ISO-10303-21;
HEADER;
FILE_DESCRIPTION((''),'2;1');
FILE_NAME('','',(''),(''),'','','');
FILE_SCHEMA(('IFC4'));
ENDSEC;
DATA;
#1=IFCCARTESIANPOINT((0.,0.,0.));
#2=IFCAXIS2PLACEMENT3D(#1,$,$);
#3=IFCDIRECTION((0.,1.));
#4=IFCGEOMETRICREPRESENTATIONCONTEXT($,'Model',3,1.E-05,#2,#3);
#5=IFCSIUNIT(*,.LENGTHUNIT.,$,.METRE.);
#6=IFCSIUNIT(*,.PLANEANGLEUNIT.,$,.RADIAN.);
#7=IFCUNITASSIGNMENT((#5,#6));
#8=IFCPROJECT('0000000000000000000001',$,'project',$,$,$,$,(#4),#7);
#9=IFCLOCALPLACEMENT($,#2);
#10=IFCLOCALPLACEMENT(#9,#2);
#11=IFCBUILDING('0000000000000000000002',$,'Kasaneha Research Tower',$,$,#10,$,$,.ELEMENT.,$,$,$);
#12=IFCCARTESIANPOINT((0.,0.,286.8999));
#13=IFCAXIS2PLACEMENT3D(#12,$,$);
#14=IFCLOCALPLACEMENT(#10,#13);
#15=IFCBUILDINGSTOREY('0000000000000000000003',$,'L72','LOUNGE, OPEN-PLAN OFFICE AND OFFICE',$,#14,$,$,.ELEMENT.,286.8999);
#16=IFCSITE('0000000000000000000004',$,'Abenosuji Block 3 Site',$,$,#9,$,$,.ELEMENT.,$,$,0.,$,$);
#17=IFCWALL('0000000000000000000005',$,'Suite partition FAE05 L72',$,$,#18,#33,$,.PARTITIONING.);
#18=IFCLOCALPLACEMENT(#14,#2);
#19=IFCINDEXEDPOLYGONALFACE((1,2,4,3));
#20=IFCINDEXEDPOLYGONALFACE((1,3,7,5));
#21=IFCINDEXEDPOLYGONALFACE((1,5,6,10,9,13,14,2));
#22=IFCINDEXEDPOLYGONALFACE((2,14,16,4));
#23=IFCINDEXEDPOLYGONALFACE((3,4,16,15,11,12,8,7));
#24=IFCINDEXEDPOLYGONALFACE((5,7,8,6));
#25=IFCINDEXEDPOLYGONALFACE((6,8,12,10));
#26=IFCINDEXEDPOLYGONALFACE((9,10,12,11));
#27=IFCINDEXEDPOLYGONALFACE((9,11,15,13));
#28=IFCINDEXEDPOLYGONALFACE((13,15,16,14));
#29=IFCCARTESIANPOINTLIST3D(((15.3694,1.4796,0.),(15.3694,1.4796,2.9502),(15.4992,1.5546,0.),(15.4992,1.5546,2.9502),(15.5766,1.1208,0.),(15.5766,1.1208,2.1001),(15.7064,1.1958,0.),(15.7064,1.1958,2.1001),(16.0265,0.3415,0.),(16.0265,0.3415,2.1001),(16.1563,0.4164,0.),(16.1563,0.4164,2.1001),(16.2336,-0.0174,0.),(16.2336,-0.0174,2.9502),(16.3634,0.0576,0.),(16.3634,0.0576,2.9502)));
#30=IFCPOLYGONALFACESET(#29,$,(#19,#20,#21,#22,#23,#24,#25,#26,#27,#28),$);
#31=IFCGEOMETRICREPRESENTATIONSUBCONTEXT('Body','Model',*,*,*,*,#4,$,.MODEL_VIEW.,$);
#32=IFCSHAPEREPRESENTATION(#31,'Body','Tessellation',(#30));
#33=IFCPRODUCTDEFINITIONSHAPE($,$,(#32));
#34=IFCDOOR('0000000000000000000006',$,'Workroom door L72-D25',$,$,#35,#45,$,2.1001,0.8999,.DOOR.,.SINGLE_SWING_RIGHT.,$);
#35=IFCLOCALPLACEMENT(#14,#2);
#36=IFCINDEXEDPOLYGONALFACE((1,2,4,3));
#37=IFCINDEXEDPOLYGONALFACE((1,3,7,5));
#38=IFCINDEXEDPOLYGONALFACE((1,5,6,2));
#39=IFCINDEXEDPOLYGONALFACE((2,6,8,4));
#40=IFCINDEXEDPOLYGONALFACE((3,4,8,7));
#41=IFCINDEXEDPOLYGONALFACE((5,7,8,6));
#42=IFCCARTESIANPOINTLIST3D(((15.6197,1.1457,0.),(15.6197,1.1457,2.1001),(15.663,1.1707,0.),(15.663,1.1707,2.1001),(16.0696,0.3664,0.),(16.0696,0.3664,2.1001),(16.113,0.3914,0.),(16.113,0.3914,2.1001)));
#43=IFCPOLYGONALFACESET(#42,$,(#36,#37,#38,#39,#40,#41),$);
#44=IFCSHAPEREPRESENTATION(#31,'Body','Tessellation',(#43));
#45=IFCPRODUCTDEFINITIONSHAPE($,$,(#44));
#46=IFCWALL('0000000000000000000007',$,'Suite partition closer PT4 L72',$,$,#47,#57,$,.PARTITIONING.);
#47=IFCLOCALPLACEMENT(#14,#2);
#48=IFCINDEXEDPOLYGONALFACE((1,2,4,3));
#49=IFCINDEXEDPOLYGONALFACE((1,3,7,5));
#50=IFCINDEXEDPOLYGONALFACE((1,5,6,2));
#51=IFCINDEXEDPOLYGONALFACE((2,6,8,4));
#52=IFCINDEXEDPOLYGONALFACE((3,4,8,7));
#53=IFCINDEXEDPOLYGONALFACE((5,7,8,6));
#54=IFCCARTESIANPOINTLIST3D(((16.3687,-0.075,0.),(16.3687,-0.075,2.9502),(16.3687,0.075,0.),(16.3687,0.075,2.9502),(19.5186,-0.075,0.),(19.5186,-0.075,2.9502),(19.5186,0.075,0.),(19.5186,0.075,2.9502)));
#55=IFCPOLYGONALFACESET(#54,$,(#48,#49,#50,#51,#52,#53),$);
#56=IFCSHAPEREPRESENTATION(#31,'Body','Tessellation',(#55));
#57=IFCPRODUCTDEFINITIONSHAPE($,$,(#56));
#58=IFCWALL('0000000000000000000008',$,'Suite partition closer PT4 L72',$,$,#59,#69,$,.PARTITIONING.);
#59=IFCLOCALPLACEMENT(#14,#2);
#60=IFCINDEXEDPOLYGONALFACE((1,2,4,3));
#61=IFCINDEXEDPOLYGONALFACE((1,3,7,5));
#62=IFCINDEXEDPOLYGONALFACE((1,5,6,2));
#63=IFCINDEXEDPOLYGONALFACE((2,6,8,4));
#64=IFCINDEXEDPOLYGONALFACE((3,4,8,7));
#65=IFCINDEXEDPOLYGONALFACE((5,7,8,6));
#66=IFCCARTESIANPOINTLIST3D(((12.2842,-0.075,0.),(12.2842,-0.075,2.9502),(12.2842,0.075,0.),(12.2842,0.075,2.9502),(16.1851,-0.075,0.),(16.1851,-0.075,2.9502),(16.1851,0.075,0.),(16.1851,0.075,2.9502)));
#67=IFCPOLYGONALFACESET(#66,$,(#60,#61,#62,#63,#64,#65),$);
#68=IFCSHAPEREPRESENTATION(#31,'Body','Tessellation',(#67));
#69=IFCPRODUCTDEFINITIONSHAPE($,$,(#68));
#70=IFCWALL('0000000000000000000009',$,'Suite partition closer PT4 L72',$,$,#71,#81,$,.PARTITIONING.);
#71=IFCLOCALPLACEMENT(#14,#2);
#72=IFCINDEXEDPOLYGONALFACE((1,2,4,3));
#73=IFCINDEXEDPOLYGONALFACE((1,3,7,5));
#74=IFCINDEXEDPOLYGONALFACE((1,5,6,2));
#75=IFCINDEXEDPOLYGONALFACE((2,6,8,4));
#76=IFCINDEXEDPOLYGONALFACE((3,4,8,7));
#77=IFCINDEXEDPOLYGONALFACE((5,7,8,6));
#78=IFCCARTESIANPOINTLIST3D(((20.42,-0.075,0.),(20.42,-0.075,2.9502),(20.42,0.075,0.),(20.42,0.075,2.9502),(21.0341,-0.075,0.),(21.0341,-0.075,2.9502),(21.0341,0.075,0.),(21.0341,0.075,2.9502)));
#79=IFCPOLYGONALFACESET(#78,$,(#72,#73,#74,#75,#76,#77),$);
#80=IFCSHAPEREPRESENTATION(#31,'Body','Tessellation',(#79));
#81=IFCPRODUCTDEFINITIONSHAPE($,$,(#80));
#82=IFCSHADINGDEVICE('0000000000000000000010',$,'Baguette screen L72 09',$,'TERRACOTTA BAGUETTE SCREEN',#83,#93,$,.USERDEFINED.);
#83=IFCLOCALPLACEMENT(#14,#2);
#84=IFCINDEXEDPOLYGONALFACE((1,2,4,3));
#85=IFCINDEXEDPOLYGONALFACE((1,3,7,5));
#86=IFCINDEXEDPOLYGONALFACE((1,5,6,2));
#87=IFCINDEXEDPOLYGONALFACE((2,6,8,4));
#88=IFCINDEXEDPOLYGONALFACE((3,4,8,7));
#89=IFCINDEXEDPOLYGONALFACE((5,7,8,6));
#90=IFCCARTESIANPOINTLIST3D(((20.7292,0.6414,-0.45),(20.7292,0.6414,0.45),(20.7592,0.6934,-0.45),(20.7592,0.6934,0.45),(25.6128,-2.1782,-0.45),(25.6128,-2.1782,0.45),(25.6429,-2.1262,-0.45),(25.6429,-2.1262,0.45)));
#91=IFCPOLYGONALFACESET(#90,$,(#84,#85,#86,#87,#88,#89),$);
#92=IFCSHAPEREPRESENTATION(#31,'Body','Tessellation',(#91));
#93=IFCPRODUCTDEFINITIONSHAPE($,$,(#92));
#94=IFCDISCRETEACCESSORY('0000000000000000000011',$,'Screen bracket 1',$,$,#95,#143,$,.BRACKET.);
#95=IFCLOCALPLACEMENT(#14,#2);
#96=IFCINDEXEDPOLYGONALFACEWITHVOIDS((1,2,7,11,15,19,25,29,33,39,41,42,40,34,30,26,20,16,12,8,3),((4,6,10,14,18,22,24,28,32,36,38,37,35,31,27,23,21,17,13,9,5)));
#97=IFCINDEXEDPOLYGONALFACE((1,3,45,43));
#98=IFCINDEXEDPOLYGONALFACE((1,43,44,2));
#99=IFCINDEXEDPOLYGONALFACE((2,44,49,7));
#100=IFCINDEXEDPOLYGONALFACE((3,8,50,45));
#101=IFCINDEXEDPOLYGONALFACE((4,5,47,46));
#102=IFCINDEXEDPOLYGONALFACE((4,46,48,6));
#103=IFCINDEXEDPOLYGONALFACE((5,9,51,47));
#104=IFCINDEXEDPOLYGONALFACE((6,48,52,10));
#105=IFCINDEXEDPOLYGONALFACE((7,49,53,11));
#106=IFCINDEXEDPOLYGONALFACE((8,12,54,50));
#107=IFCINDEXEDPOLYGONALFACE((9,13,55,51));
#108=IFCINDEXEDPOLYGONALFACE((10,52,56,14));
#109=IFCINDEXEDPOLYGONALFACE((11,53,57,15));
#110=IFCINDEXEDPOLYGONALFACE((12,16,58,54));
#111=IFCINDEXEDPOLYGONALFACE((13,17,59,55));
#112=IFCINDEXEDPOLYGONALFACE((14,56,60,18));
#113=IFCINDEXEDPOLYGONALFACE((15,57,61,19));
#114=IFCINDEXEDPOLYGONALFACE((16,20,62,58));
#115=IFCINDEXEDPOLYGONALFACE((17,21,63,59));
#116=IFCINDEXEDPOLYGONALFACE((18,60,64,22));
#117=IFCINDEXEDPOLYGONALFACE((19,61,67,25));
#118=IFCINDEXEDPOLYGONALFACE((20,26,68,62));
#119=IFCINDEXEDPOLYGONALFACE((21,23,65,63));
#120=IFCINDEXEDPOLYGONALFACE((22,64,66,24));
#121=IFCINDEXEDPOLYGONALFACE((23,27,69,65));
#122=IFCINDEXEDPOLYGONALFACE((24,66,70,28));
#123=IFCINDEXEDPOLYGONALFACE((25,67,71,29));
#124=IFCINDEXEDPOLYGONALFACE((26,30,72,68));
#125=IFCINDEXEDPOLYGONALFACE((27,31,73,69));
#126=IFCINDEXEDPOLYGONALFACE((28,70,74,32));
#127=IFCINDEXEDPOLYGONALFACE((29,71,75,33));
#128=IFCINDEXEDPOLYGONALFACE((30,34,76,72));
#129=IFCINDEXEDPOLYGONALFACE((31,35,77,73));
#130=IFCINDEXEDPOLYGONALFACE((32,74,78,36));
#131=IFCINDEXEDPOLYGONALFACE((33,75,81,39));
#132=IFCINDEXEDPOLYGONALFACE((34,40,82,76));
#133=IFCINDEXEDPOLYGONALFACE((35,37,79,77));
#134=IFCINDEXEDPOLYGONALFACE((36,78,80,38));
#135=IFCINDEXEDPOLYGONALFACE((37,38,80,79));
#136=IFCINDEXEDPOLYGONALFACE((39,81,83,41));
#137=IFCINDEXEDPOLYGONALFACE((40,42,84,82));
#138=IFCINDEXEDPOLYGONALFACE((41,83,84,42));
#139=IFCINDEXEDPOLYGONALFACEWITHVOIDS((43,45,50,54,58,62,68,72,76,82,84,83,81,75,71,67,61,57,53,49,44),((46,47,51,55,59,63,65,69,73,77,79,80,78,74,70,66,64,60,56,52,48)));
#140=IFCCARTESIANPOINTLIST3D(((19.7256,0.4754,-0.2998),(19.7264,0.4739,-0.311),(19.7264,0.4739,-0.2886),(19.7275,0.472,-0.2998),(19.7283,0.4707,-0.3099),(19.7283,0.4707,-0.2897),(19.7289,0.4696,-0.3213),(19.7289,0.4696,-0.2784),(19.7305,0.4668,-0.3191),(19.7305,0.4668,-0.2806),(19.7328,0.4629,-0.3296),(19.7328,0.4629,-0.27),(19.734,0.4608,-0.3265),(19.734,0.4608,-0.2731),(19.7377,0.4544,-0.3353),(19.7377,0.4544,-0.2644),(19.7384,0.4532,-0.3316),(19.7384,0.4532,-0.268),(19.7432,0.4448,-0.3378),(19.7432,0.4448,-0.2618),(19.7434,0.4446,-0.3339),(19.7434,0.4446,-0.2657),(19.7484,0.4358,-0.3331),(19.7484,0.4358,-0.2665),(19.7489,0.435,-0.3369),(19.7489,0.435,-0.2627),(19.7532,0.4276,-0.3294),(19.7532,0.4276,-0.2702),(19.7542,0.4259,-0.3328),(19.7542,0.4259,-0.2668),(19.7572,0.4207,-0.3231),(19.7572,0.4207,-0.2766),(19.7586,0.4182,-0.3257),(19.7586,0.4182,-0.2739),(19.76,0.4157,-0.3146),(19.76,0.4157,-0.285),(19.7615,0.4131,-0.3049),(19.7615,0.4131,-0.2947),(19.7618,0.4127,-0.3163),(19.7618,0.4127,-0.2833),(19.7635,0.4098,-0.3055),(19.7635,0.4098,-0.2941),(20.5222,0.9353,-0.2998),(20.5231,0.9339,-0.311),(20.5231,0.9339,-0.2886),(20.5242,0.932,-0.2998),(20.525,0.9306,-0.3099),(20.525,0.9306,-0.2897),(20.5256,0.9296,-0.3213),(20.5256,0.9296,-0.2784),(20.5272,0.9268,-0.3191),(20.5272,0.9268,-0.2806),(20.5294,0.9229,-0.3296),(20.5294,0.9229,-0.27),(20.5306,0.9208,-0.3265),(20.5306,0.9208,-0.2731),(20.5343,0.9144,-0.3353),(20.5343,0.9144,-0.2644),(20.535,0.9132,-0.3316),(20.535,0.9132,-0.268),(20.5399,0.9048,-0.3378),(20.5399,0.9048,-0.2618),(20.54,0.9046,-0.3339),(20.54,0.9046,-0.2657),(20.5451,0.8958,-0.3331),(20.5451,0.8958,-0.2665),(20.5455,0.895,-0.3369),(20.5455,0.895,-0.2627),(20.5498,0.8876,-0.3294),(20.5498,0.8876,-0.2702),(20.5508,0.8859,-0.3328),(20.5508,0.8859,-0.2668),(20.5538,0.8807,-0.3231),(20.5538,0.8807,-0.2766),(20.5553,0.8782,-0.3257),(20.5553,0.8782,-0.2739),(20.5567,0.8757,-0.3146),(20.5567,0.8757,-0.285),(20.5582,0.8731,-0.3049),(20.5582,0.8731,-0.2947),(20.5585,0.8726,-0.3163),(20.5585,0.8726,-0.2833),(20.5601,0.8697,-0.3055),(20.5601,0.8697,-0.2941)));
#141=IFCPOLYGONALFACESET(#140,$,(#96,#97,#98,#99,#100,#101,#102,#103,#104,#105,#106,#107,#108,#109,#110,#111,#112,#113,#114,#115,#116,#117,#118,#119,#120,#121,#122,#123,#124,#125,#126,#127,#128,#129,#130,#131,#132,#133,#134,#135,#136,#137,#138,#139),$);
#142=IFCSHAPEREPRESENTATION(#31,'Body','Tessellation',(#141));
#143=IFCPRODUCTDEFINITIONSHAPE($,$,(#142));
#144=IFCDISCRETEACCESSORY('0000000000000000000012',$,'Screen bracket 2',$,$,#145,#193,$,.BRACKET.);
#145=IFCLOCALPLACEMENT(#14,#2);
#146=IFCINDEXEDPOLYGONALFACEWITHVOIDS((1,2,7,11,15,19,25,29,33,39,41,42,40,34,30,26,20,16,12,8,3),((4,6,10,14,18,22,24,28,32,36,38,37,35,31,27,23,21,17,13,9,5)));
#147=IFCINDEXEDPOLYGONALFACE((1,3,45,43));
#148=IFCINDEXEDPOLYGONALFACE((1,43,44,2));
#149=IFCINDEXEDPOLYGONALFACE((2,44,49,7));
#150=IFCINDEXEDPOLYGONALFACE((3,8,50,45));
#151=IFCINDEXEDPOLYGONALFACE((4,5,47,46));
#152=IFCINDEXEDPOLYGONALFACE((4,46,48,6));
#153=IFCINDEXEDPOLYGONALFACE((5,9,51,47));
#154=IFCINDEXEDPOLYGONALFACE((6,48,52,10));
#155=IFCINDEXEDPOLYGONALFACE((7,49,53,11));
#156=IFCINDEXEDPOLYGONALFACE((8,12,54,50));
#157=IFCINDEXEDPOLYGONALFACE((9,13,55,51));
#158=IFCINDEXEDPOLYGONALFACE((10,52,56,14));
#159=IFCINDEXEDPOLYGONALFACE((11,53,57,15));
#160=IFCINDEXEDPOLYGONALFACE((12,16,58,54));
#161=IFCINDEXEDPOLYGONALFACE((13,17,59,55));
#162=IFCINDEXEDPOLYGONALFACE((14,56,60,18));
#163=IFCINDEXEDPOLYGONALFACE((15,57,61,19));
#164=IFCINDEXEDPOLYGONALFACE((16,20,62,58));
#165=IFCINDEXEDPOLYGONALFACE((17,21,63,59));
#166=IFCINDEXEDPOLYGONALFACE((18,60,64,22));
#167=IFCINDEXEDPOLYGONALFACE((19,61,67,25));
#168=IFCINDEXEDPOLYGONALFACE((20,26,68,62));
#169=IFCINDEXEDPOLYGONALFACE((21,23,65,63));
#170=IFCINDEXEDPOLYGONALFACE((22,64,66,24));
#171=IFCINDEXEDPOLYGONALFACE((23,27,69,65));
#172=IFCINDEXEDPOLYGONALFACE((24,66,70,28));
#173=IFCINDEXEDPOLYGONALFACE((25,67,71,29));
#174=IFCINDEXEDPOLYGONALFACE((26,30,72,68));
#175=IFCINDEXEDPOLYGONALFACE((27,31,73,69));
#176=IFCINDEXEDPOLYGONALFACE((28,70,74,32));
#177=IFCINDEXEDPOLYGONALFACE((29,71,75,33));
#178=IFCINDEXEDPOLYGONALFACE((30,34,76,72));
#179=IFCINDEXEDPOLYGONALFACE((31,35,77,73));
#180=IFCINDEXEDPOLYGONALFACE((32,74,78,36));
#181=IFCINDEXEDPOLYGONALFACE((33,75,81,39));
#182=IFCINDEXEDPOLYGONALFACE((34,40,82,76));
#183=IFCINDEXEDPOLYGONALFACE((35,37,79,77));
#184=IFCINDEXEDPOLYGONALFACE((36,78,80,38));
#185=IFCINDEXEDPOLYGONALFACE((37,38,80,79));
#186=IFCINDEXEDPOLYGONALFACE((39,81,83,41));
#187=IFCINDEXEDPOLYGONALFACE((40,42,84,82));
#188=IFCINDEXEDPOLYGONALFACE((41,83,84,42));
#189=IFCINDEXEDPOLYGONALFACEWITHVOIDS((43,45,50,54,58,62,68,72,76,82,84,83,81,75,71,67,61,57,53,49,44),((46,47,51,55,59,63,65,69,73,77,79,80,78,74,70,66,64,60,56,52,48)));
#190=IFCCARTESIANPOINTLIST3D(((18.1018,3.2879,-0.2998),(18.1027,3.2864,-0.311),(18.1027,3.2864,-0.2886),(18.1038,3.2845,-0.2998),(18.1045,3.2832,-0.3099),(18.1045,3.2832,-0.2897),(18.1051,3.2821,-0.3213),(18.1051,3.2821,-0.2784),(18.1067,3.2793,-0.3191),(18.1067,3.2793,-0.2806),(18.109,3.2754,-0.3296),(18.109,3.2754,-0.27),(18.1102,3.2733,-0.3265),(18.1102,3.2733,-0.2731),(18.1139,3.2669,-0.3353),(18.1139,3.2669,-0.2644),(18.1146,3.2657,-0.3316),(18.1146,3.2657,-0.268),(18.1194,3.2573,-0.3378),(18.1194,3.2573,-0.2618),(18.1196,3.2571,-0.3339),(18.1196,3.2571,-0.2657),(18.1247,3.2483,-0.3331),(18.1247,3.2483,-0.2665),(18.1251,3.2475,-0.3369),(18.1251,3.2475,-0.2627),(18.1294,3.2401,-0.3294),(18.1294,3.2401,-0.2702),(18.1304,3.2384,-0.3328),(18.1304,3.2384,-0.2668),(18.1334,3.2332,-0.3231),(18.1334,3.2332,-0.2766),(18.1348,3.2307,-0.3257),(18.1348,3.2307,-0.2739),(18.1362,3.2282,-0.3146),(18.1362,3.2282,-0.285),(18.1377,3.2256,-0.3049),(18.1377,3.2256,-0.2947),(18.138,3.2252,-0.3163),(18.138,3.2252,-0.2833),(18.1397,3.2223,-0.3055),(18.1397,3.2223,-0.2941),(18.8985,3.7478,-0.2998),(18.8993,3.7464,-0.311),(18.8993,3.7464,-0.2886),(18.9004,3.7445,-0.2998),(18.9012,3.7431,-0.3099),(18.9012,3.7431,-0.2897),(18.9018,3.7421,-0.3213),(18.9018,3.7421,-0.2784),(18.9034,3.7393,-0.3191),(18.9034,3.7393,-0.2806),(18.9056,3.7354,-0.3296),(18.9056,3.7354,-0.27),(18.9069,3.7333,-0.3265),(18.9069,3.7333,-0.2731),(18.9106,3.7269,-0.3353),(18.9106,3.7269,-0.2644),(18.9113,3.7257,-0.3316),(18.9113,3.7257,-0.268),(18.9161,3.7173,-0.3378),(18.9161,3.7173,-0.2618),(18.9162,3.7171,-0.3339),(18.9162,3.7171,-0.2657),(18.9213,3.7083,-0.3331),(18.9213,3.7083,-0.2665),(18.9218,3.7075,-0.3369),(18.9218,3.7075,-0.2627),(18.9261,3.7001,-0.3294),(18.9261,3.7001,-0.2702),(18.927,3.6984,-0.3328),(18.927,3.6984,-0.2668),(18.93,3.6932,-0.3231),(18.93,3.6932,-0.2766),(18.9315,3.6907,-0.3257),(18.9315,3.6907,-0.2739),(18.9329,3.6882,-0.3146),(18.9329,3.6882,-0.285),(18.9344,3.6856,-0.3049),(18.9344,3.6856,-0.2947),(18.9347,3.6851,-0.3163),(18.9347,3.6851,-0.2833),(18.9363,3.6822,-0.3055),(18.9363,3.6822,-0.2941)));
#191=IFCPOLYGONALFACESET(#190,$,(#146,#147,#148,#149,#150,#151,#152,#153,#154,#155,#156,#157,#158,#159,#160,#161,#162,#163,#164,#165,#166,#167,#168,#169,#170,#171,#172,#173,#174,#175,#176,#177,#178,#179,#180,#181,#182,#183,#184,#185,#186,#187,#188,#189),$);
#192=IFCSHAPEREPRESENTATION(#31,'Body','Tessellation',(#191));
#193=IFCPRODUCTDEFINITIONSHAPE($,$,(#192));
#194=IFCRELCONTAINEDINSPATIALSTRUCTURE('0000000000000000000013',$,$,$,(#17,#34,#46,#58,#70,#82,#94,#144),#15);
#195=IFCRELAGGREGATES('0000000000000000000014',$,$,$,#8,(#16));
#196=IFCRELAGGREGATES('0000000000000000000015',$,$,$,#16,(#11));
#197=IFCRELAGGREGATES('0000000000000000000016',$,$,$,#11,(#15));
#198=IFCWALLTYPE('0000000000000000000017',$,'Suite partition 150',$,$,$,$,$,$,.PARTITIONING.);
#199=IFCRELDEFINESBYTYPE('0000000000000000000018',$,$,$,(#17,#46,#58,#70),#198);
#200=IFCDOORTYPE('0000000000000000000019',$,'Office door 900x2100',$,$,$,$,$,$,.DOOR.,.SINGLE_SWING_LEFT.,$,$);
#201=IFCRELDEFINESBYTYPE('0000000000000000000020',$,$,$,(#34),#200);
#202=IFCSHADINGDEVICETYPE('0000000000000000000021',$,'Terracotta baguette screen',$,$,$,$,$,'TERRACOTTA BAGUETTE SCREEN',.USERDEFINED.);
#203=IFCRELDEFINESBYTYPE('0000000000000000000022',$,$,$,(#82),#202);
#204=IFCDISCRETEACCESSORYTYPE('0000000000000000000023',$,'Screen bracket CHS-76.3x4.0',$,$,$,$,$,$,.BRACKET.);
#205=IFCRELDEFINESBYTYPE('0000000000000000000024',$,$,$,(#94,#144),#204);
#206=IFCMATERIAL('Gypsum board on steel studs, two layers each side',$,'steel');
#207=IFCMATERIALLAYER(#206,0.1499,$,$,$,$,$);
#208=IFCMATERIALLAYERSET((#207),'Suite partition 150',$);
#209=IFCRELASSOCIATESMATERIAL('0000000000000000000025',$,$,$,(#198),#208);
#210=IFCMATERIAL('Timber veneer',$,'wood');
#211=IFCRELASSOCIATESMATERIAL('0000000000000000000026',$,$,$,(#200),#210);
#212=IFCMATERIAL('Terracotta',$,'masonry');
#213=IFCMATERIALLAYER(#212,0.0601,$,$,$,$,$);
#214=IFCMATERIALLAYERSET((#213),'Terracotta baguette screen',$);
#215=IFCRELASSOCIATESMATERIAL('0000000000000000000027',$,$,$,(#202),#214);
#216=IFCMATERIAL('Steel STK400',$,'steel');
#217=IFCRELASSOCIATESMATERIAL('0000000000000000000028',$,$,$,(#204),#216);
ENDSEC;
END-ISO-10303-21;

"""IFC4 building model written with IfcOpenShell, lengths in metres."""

from ifc_helpers import new_model, si_unit, direction, frame, frame_2d, origin, origin_2d, place, context, subcontext, project, spatial, rectangle, hollow_circle, extrude, material, layer, layer_set, material_profile, profile_set, type_object, element, fill, save


model = new_model("IFC4")

# Units and contexts
model_context = context("Model", 3, precision=1e-05, world=origin(), true_north=direction((0.0, 1.0)))
body_context = subcontext(model_context, "Body", "Model", "MODEL_VIEW")
ifc_project = project(units=[si_unit("LENGTHUNIT", "METRE"), si_unit("PLANEANGLEUNIT", "RADIAN")], contexts=[model_context])

# Site, building, storey
site_placement = place(None, origin())
site = spatial("IfcSite", under=ifc_project, at=site_placement, Name="Abenosuji Block 3 Site", CompositionType="ELEMENT", RefElevation=0.0)
building_placement = place(site_placement, origin())
building = spatial("IfcBuilding", under=site, at=building_placement, Name="Kasaneha Research Tower", CompositionType="ELEMENT")
storey_placement = place(building_placement, frame((0.0, 0.0, 286.8999)))
storey = spatial("IfcBuildingStorey", under=building, at=storey_placement, Name="L72", Description="LOUNGE, OPEN-PLAN OFFICE AND OFFICE", CompositionType="ELEMENT", Elevation=286.8999)

# Wall, opening, door
ifc_material_1 = material(Name="Gypsum board on steel studs, two layers each side", Category="steel")
ifc_layer_1 = layer(ifc_material_1, 0.1499)
ifc_layer_set_1 = layer_set([ifc_layer_1], Name="Suite partition 150")
wall_type_1 = type_object("IfcWallType", Name="Suite partition 150", PredefinedType="PARTITIONING", material=ifc_layer_set_1)
wall_1_placement = place(storey_placement, frame((15.4343, 1.5171, 0.0), z_axis=(0.0, 0.0, 1.0), x_axis=(0.499967, -0.866044, 0.0)))
wall_1 = element("IfcWall", 1, at=wall_1_placement, inside=storey, type_object=wall_type_1, Name="Suite partition FAE05 L72", PredefinedType="PARTITIONING", context=body_context, shape_type="SweptSolid", body=[
    extrude(rectangle(XDim=1.7285, YDim=0.1499, at=frame_2d((0.8643, 0.0))), origin(), (0.0, 0.0, 1.0), 2.9502),
])
opening_1_placement = place(wall_1_placement, frame((0.4143, 0.0, 0.0)))
opening_1 = element("IfcOpeningElement", 2, at=opening_1_placement, cuts=wall_1, PredefinedType="OPENING", context=body_context, shape_type="SweptSolid", body=[
    extrude(rectangle(XDim=0.8999, YDim=2.1001, at=frame_2d((0.45, 1.05))), frame((0.0, 0.085, 0.0), z_axis=(0.0, -1.0, 0.0), x_axis=(1.0, 0.0, 0.0)), (0.0, 0.0, 1.0), 0.1699),
])
ifc_material_2 = material(Name="Timber veneer", Category="wood")
door_type_1 = type_object("IfcDoorType", Name="Office door 900x2100", OperationType="SINGLE_SWING_LEFT", PredefinedType="DOOR", material=ifc_material_2)
door_1_placement = place(opening_1_placement, origin())
door_1 = element("IfcDoor", 3, at=door_1_placement, inside=storey, type_object=door_type_1, Name="Workroom door L72-D25", OperationType="SINGLE_SWING_RIGHT", OverallHeight=2.1001, OverallWidth=0.8999, PredefinedType="DOOR", context=body_context, shape_type="SweptSolid", body=[
    extrude(rectangle(XDim=0.8999, YDim=2.1001, at=frame_2d((0.45, 1.05))), frame((0.0, 0.0249, 0.0), z_axis=(0.0, -1.0, 0.0), x_axis=(1.0, 0.0, 0.0)), (0.0, 0.0, 1.0), 0.05),
])
fill(opening_1, door_1)

# Walls
wall_2_placement = place(storey_placement, frame((19.5186, 0.0, 0.0), z_axis=(0.0, 0.0, 1.0), x_axis=(-1.0, 0.0, 0.0)))
element("IfcWall", 4, at=wall_2_placement, inside=storey, type_object=wall_type_1, Name="Suite partition closer PT4 L72", PredefinedType="PARTITIONING", context=body_context, shape_type="SweptSolid", body=[
    extrude(rectangle(XDim=3.1499, YDim=0.1499, at=frame_2d((1.575, 0.0))), origin(), (0.0, 0.0, 1.0), 2.9502),
])
wall_3_placement = place(storey_placement, frame((12.2842, 0.0, 0.0), z_axis=(0.0, 0.0, 1.0), x_axis=(1.0, 0.0, 0.0)))
element("IfcWall", 5, at=wall_3_placement, inside=storey, type_object=wall_type_1, Name="Suite partition closer PT4 L72", PredefinedType="PARTITIONING", context=body_context, shape_type="SweptSolid", body=[
    extrude(rectangle(XDim=3.9009, YDim=0.1499, at=frame_2d((1.9504, 0.0))), origin(), (0.0, 0.0, 1.0), 2.9502),
])
wall_4_placement = place(storey_placement, frame((20.4199, 0.0, 0.0), z_axis=(0.0, 0.0, 1.0), x_axis=(1.0, 0.0, 0.0)))
element("IfcWall", 6, at=wall_4_placement, inside=storey, type_object=wall_type_1, Name="Suite partition closer PT4 L72", PredefinedType="PARTITIONING", context=body_context, shape_type="SweptSolid", body=[
    extrude(rectangle(XDim=0.614, YDim=0.1499, at=frame_2d((0.3071, 0.0))), origin(), (0.0, 0.0, 1.0), 2.9502),
])

# Shading device
ifc_material_3 = material(Name="Terracotta", Category="masonry")
ifc_layer_2 = layer(ifc_material_3, 0.0601)
ifc_layer_set_2 = layer_set([ifc_layer_2], Name="Terracotta baguette screen")
shading_device_type = type_object("IfcShadingDeviceType", Name="Terracotta baguette screen", ElementType="TERRACOTTA BAGUETTE SCREEN", PredefinedType="USERDEFINED", material=ifc_layer_set_2)
shading_device_placement = place(storey_placement, frame((23.186, -0.7424, -0.45), z_axis=(0.0, 0.0, 1.0), x_axis=(-0.866025, 0.5, 0.0)))
element("IfcShadingDevice", 7, at=shading_device_placement, inside=storey, type_object=shading_device_type, Name="Baguette screen L72 09", ObjectType="TERRACOTTA BAGUETTE SCREEN", PredefinedType="USERDEFINED", context=body_context, shape_type="SweptSolid", body=[
    extrude(rectangle(XDim=5.6392, YDim=0.0601, at=origin_2d()), origin(), (0.0, 0.0, 1.0), 0.8999),
])

# Discrete accessories
ifc_material_4 = material(Name="Steel STK400", Category="steel")
ifc_material_profile_1 = material_profile(ifc_material_4, hollow_circle(Radius=0.0381, WallThickness=0.0039, at=origin_2d()), Name="CHS-76.3x4.0")
ifc_profile_set_1 = profile_set([ifc_material_profile_1], Name="Steel STK400")
discrete_accessory_type = type_object("IfcDiscreteAccessoryType", Name="Screen bracket CHS-76.3x4.0", PredefinedType="BRACKET", material=ifc_profile_set_1)
for number, where, z_axis, x_axis, name in (
    (8, (19.7446, 0.4424, -0.2998), (0.866013, 0.500021, 0.0), (-0.500021, 0.866013, 0.0), "Screen bracket 1"),
    (9, (18.1208, 3.2549, -0.2998), (0.866013, 0.500021, 0.0), (-0.500021, 0.866013, 0.0), "Screen bracket 2"),
):
    element("IfcDiscreteAccessory", number, at=place(storey_placement, frame(where, z_axis=z_axis, x_axis=x_axis)), inside=storey, type_object=discrete_accessory_type, Name=name, PredefinedType="BRACKET", context=body_context, shape_type="SweptSolid", body=[
        extrude(hollow_circle(Radius=0.0381, WallThickness=0.0039, at=origin_2d()), origin(), (0.0, 0.0, 1.0), 0.9199),
    ])

save(model, "model.ifc")
